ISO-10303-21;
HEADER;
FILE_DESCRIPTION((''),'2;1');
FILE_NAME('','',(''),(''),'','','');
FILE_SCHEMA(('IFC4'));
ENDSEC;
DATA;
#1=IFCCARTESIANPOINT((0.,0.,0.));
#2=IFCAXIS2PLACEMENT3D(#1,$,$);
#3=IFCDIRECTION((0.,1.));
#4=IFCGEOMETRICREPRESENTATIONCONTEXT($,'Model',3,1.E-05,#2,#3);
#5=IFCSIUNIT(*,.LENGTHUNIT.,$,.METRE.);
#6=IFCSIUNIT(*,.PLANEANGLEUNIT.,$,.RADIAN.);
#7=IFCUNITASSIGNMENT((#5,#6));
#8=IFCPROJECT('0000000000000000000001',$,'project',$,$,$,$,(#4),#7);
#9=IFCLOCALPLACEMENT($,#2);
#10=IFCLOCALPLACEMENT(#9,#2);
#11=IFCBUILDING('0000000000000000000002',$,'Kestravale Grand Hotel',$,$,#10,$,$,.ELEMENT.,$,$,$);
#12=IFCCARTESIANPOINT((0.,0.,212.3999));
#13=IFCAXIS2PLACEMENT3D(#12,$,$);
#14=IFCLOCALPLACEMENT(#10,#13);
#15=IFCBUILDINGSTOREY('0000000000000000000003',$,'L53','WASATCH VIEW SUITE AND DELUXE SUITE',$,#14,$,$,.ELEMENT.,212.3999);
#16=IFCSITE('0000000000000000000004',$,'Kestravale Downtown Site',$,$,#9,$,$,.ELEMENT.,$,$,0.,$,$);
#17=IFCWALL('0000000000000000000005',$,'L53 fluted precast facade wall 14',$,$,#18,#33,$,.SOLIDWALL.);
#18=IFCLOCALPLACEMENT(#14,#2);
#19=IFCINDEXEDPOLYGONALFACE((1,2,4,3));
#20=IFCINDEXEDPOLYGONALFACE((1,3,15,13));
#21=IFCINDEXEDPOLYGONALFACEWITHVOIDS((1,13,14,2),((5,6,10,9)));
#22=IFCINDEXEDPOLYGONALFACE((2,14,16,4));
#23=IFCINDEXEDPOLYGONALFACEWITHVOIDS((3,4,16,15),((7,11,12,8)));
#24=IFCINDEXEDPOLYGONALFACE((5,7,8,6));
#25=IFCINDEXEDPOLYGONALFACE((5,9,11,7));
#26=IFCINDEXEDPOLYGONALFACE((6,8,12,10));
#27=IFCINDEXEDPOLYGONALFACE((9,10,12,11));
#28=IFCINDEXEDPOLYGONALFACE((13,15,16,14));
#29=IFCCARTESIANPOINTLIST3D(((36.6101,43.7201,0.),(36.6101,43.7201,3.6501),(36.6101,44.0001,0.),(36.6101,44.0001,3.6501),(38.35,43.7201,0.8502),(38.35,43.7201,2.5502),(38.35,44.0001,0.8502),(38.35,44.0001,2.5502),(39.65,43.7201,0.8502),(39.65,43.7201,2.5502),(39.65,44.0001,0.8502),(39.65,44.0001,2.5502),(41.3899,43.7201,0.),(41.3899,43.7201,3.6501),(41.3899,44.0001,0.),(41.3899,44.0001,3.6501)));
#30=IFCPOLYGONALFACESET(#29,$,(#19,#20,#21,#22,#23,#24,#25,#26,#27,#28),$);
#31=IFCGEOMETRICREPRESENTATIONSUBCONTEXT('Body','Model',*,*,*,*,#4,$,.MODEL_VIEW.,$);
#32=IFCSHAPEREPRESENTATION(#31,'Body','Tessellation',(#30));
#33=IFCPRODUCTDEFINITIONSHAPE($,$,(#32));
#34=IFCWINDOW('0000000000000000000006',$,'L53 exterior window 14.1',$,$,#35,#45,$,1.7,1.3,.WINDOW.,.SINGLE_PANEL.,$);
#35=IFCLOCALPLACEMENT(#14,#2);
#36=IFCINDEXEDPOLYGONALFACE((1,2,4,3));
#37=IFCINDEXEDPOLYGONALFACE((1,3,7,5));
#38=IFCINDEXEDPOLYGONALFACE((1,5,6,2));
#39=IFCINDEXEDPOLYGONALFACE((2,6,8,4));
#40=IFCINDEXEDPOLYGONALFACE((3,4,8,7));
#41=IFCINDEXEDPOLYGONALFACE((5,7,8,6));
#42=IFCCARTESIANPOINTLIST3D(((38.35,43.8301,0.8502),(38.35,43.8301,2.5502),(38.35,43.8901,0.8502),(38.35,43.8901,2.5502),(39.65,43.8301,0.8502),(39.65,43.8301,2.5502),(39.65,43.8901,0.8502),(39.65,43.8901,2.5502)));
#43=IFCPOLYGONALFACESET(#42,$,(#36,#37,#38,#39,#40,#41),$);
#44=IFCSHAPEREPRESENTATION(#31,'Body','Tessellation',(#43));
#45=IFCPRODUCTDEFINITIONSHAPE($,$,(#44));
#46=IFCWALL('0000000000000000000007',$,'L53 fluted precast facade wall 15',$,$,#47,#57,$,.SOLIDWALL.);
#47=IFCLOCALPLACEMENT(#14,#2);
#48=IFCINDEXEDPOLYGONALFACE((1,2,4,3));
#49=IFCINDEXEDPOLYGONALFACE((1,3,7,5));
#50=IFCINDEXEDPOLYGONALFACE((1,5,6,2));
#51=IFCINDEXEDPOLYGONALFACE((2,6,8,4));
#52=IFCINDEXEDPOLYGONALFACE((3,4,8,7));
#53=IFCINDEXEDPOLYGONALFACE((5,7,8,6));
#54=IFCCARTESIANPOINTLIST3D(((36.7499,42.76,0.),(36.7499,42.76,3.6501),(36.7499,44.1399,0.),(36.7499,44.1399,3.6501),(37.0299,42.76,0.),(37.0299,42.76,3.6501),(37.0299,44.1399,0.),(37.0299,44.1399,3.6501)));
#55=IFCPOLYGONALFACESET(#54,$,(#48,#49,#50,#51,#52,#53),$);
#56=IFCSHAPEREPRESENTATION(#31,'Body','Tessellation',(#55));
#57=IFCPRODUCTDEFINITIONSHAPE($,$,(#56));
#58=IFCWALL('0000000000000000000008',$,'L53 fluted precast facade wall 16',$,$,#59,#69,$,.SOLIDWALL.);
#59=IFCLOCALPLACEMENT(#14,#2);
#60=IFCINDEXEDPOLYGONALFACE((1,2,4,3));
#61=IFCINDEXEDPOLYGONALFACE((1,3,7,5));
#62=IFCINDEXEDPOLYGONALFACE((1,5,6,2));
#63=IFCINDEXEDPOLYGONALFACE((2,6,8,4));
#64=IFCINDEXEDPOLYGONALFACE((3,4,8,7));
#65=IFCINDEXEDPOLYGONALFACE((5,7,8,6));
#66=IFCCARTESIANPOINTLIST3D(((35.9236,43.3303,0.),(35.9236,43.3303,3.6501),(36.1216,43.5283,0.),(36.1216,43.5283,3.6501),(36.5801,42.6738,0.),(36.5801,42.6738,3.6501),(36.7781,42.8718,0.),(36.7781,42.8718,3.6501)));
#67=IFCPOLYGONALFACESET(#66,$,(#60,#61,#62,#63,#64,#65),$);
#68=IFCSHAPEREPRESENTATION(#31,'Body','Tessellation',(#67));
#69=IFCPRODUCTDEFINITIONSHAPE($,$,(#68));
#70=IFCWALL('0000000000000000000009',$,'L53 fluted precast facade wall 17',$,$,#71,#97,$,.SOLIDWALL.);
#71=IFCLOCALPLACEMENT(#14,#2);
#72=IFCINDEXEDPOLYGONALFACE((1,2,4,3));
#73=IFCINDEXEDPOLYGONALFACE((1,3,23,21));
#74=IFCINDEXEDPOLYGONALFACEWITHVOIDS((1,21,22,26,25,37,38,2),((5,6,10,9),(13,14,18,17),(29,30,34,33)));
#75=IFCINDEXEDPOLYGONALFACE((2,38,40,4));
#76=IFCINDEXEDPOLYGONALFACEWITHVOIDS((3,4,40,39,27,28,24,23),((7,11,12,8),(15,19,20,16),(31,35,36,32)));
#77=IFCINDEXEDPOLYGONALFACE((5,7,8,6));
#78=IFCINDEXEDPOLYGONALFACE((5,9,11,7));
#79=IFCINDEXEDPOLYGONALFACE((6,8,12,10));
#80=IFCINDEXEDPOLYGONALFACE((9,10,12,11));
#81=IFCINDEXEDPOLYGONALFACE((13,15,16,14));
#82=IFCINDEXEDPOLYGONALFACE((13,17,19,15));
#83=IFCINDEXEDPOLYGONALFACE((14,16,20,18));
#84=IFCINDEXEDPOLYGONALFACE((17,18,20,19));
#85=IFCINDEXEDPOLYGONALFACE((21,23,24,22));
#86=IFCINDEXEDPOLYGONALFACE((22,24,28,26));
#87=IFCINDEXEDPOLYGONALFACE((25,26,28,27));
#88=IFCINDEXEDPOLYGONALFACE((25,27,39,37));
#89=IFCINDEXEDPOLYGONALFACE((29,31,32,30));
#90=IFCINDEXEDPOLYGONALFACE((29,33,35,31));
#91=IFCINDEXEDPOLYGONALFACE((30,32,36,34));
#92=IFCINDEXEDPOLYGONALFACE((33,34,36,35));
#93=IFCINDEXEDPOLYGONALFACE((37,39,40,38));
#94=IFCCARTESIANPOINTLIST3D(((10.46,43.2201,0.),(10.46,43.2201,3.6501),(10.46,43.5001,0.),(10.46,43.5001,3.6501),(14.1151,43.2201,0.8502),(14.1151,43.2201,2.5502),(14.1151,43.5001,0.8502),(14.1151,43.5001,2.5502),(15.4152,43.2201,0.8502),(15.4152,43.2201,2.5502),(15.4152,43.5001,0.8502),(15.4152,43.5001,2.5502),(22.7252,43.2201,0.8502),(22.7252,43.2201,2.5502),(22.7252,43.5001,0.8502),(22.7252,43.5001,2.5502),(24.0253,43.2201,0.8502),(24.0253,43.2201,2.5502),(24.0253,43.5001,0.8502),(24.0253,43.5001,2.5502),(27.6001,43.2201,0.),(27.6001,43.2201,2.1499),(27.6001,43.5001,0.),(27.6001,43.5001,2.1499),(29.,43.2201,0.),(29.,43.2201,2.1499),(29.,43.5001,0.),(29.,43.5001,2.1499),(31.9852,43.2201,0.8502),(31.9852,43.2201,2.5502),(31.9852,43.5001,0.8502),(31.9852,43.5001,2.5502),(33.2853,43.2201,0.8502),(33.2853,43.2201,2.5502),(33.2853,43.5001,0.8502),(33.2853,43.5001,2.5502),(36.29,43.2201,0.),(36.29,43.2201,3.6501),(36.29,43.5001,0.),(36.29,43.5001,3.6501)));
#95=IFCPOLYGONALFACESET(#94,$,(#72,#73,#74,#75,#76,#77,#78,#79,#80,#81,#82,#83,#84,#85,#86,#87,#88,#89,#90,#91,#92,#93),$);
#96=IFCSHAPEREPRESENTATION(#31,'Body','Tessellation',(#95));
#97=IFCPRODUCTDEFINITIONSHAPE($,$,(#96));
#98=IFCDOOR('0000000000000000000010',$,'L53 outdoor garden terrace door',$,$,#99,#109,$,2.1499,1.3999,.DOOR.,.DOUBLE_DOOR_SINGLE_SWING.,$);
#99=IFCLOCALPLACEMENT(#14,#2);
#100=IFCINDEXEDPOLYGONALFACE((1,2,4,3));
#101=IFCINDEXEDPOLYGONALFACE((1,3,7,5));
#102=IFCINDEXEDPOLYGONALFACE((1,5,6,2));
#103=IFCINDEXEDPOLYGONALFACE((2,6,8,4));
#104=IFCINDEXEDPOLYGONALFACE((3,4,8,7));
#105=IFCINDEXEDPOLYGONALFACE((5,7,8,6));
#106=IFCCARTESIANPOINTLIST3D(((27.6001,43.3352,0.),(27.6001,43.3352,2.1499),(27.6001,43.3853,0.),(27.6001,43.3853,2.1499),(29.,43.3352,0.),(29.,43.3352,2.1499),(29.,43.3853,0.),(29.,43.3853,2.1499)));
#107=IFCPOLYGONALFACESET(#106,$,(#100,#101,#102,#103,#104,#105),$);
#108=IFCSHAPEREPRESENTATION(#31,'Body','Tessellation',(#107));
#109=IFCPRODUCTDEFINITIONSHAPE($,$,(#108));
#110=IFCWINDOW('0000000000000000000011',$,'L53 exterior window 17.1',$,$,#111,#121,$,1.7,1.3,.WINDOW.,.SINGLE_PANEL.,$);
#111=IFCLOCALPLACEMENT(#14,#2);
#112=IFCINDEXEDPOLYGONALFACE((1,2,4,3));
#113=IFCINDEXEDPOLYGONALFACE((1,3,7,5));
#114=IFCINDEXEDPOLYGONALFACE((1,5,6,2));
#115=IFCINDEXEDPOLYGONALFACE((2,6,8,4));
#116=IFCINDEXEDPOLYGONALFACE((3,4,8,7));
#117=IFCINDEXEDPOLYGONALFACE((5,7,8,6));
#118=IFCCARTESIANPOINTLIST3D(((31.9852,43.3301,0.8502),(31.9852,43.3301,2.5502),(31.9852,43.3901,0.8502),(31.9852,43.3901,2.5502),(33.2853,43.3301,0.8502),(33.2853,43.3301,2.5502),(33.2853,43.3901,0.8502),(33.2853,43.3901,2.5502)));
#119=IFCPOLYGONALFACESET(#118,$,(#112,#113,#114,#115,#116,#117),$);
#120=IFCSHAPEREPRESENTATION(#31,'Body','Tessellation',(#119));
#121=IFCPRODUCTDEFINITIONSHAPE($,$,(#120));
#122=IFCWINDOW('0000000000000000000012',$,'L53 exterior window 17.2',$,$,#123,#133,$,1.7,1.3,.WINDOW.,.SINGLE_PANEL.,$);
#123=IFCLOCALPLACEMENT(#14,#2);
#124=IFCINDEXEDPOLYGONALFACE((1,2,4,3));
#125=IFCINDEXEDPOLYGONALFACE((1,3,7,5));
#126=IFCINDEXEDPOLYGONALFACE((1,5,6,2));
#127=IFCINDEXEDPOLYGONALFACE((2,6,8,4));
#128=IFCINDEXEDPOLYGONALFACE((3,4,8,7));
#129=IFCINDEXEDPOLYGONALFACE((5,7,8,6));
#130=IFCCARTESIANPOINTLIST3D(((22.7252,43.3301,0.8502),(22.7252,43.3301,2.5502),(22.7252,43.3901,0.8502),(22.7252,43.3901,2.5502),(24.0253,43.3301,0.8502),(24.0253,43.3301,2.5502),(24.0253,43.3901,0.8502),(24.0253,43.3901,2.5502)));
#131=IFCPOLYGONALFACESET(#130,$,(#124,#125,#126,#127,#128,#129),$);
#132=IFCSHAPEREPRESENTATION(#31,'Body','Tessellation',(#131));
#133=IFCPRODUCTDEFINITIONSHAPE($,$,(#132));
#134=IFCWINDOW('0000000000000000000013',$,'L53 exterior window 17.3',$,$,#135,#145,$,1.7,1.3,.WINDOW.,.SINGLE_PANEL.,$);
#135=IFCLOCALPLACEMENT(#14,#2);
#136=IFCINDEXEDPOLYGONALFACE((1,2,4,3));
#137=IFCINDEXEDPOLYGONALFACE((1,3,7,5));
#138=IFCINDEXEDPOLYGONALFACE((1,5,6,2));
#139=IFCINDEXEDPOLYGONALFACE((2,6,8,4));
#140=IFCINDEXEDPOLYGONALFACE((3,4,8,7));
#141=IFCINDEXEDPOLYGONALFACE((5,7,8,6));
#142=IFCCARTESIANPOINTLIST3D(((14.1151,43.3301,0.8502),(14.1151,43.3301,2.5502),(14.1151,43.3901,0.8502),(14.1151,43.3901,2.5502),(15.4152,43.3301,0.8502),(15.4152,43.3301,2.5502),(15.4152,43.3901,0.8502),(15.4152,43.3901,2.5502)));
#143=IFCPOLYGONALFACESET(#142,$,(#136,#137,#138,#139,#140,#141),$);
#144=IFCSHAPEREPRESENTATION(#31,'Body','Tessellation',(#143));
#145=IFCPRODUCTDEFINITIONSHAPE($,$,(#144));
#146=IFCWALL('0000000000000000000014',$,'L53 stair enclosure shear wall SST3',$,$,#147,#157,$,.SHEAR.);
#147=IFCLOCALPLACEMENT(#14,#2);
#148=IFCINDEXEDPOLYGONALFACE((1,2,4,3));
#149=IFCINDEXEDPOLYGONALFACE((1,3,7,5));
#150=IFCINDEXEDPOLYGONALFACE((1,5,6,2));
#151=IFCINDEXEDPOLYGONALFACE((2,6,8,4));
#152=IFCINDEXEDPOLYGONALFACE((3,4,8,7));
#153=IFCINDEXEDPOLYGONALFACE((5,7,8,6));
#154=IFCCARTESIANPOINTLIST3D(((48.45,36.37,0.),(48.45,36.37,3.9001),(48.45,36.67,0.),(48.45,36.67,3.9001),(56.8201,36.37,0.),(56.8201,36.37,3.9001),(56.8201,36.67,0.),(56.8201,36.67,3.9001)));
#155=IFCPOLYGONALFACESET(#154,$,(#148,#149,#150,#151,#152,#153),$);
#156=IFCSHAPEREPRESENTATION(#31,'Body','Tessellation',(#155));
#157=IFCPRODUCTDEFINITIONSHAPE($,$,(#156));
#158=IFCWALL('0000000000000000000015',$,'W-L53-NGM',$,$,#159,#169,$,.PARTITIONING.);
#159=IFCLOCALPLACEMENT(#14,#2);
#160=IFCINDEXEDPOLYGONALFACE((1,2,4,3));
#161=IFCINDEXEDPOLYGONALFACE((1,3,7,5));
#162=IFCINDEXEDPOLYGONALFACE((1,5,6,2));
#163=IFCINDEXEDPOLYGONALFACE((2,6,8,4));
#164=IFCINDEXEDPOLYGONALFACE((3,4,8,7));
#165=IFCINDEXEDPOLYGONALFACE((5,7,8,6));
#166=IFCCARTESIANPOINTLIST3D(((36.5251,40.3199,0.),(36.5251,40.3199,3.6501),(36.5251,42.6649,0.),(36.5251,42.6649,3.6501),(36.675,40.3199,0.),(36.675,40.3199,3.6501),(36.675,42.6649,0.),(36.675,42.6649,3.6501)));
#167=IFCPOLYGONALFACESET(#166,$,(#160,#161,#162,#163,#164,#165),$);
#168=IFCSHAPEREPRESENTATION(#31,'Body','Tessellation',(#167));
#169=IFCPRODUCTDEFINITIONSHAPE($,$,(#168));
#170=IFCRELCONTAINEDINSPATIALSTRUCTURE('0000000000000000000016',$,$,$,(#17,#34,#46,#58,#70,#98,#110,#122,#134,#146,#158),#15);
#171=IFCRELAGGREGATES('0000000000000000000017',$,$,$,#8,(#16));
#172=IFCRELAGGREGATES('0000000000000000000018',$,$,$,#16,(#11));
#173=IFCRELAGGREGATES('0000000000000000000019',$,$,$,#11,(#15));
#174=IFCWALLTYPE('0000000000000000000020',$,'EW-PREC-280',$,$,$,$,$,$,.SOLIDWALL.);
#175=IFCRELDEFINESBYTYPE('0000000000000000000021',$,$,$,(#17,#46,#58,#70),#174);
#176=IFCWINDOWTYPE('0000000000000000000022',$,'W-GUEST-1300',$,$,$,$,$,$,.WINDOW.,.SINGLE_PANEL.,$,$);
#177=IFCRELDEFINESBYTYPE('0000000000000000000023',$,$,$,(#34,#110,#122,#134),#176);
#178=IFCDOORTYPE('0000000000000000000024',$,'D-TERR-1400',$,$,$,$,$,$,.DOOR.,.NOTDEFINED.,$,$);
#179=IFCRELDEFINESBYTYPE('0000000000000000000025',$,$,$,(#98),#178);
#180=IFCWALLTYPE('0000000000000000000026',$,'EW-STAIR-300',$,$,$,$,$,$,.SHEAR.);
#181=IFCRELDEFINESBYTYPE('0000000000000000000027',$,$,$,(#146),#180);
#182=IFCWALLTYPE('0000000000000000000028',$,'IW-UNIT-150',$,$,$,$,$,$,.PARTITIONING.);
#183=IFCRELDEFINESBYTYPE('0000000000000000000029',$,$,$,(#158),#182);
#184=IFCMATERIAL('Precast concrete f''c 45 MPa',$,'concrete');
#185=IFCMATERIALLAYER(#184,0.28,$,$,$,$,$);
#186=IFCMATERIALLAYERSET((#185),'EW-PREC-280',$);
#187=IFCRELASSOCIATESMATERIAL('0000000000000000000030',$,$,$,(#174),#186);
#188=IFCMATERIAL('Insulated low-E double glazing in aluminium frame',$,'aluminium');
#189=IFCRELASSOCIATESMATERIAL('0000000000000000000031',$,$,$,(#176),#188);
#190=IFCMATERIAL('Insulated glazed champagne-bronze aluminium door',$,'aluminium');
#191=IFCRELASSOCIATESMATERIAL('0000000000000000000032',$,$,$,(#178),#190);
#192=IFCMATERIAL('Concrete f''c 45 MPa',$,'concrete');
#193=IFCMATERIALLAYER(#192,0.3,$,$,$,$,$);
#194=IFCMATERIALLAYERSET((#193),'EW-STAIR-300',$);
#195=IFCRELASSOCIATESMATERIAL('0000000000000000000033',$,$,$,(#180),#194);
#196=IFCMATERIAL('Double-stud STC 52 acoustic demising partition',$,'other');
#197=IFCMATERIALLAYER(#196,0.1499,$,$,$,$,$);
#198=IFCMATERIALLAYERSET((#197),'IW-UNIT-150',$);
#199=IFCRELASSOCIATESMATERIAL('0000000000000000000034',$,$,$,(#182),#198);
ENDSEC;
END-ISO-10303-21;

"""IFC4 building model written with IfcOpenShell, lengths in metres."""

from ifc_helpers import new_model, si_unit, direction, frame, frame_2d, origin, place, context, subcontext, project, spatial, rectangle, extrude, material, layer, layer_set, type_object, element, fill, save


model = new_model("IFC4")

# Units and contexts
model_context = context("Model", 3, precision=1e-05, world=origin(), true_north=direction((0.0, 1.0)))
body_context = subcontext(model_context, "Body", "Model", "MODEL_VIEW")
ifc_project = project(units=[si_unit("LENGTHUNIT", "METRE"), si_unit("PLANEANGLEUNIT", "RADIAN")], contexts=[model_context])

# Site, building, storey
site_placement = place(None, origin())
site = spatial("IfcSite", under=ifc_project, at=site_placement, Name="Kestravale Downtown Site", CompositionType="ELEMENT", RefElevation=0.0)
building_placement = place(site_placement, origin())
building = spatial("IfcBuilding", under=site, at=building_placement, Name="Kestravale Grand Hotel", CompositionType="ELEMENT")
storey_placement = place(building_placement, frame((0.0, 0.0, 212.3999)))
storey = spatial("IfcBuildingStorey", under=building, at=storey_placement, Name="L53", Description="WASATCH VIEW SUITE AND DELUXE SUITE", CompositionType="ELEMENT", Elevation=212.3999)

# Shared definitions
ifc_material_1 = material(Name="Precast concrete f'c 45 MPa", Category="concrete")
ifc_layer_1 = layer(ifc_material_1, 0.28)
ifc_layer_set_1 = layer_set([ifc_layer_1], Name="EW-PREC-280")
wall_type_1 = type_object("IfcWallType", Name="EW-PREC-280", PredefinedType="SOLIDWALL", material=ifc_layer_set_1)

# Wall, opening, window
ifc_material_2 = material(Name="Insulated low-E double glazing in aluminium frame", Category="aluminium")
window_type = type_object("IfcWindowType", Name="W-GUEST-1300", PartitioningType="SINGLE_PANEL", PredefinedType="WINDOW", material=ifc_material_2)
wall_1_placement = place(storey_placement, frame((41.3899, 43.8601, 0.0), z_axis=(0.0, 0.0, 1.0), x_axis=(-1.0, 0.0, 0.0)))
wall_1 = element("IfcWall", 1, at=wall_1_placement, inside=storey, type_object=wall_type_1, Name="L53 fluted precast facade wall 14", PredefinedType="SOLIDWALL", context=body_context, shape_type="SweptSolid", body=[
    extrude(rectangle(XDim=4.7798, YDim=0.28, at=frame_2d((2.3899, 0.0))), origin(), (0.0, 0.0, 1.0), 3.6501),
])
opening_1_placement = place(wall_1_placement, frame((1.74, 0.0, 0.8501)))
opening_1 = element("IfcOpeningElement", 2, at=opening_1_placement, cuts=wall_1, PredefinedType="OPENING", context=body_context, shape_type="SweptSolid", body=[
    extrude(rectangle(XDim=1.3, YDim=1.7, at=frame_2d((0.6499, 0.8501))), frame((0.0, 0.1499, 0.0), z_axis=(0.0, -1.0, 0.0), x_axis=(1.0, 0.0, 0.0)), (0.0, 0.0, 1.0), 0.3),
])
window_1_placement = place(opening_1_placement, origin())
window_1 = element("IfcWindow", 3, at=window_1_placement, inside=storey, type_object=window_type, Name="L53 exterior window 14.1", OverallHeight=1.7, OverallWidth=1.3, PartitioningType="SINGLE_PANEL", PredefinedType="WINDOW", context=body_context, shape_type="SweptSolid", body=[
    extrude(rectangle(XDim=1.3, YDim=1.7, at=frame_2d((0.6499, 0.8501))), frame((0.0, 0.03, 0.0), z_axis=(0.0, -1.0, 0.0), x_axis=(1.0, 0.0, 0.0)), (0.0, 0.0, 1.0), 0.0601),
])
fill(opening_1, window_1)

# Walls
wall_2_placement = place(storey_placement, frame((36.8899, 44.1399, 0.0), z_axis=(0.0, 0.0, 1.0), x_axis=(0.0, -1.0, 0.0)))
element("IfcWall", 4, at=wall_2_placement, inside=storey, type_object=wall_type_1, Name="L53 fluted precast facade wall 15", PredefinedType="SOLIDWALL", context=body_context, shape_type="SweptSolid", body=[
    extrude(rectangle(XDim=1.3799, YDim=0.28, at=frame_2d((0.6899, 0.0))), origin(), (0.0, 0.0, 1.0), 3.6501),
])
wall_3_placement = place(storey_placement, frame((36.6792, 42.7727, 0.0), z_axis=(0.0, 0.0, 1.0), x_axis=(-0.707107, 0.707107, 0.0)))
element("IfcWall", 5, at=wall_3_placement, inside=storey, type_object=wall_type_1, Name="L53 fluted precast facade wall 16", PredefinedType="SOLIDWALL", context=body_context, shape_type="SweptSolid", body=[
    extrude(rectangle(XDim=0.9285, YDim=0.28, at=frame_2d((0.4644, 0.0))), origin(), (0.0, 0.0, 1.0), 3.6501),
])

# Wall, openings, door, windows
wall_4_placement = place(storey_placement, frame((36.29, 43.3601, 0.0), z_axis=(0.0, 0.0, 1.0), x_axis=(-1.0, 0.0, 0.0)))
wall_4 = element("IfcWall", 6, at=wall_4_placement, inside=storey, type_object=wall_type_1, Name="L53 fluted precast facade wall 17", PredefinedType="SOLIDWALL", context=body_context, shape_type="SweptSolid", body=[
    extrude(rectangle(XDim=25.8301, YDim=0.28, at=frame_2d((12.915, 0.0))), origin(), (0.0, 0.0, 1.0), 3.6501),
])
opening_2_placement = place(wall_4_placement, frame((7.29, 0.0, 0.0)))
opening_2 = element("IfcOpeningElement", 7, at=opening_2_placement, cuts=wall_4, PredefinedType="OPENING", context=body_context, shape_type="SweptSolid", body=[
    extrude(rectangle(XDim=1.3999, YDim=2.1499, at=frame_2d((0.7, 1.075))), frame((0.0, 0.1499, 0.0), z_axis=(0.0, -1.0, 0.0), x_axis=(1.0, 0.0, 0.0)), (0.0, 0.0, 1.0), 0.3),
])
opening_3_placement = place(wall_4_placement, frame((3.0049, 0.0, 0.8501)))
opening_3 = element("IfcOpeningElement", 8, at=opening_3_placement, cuts=wall_4, PredefinedType="OPENING", context=body_context, shape_type="SweptSolid", body=[
    extrude(rectangle(XDim=1.3, YDim=1.7, at=frame_2d((0.6499, 0.8501))), frame((0.0, 0.1499, 0.0), z_axis=(0.0, -1.0, 0.0), x_axis=(1.0, 0.0, 0.0)), (0.0, 0.0, 1.0), 0.3),
])
opening_4_placement = place(wall_4_placement, frame((12.2649, 0.0, 0.8501)))
opening_4 = element("IfcOpeningElement", 9, at=opening_4_placement, cuts=wall_4, PredefinedType="OPENING", context=body_context, shape_type="SweptSolid", body=[
    extrude(rectangle(XDim=1.3, YDim=1.7, at=frame_2d((0.6499, 0.8501))), frame((0.0, 0.1499, 0.0), z_axis=(0.0, -1.0, 0.0), x_axis=(1.0, 0.0, 0.0)), (0.0, 0.0, 1.0), 0.3),
])
opening_5_placement = place(wall_4_placement, frame((20.875, 0.0, 0.8501)))
opening_5 = element("IfcOpeningElement", 10, at=opening_5_placement, cuts=wall_4, PredefinedType="OPENING", context=body_context, shape_type="SweptSolid", body=[
    extrude(rectangle(XDim=1.3, YDim=1.7, at=frame_2d((0.6499, 0.8501))), frame((0.0, 0.1499, 0.0), z_axis=(0.0, -1.0, 0.0), x_axis=(1.0, 0.0, 0.0)), (0.0, 0.0, 1.0), 0.3),
])
ifc_material_3 = material(Name="Insulated glazed champagne-bronze aluminium door", Category="aluminium")
door_type = type_object("IfcDoorType", Name="D-TERR-1400", OperationType="NOTDEFINED", PredefinedType="DOOR", material=ifc_material_3)
door_placement = place(opening_2_placement, origin())
door = element("IfcDoor", 11, at=door_placement, inside=storey, type_object=door_type, Name="L53 outdoor garden terrace door", OperationType="DOUBLE_DOOR_SINGLE_SWING", OverallHeight=2.1499, OverallWidth=1.3999, PredefinedType="DOOR", context=body_context, shape_type="SweptSolid", body=[
    extrude(rectangle(XDim=1.3999, YDim=2.1499, at=frame_2d((0.7, 1.075))), frame((0.0, 0.0249, 0.0), z_axis=(0.0, -1.0, 0.0), x_axis=(1.0, 0.0, 0.0)), (0.0, 0.0, 1.0), 0.05),
])
fill(opening_2, door)
window_2_placement = place(opening_3_placement, origin())
window_2 = element("IfcWindow", 12, at=window_2_placement, inside=storey, type_object=window_type, Name="L53 exterior window 17.1", OverallHeight=1.7, OverallWidth=1.3, PartitioningType="SINGLE_PANEL", PredefinedType="WINDOW", context=body_context, shape_type="SweptSolid", body=[
    extrude(rectangle(XDim=1.3, YDim=1.7, at=frame_2d((0.6499, 0.8501))), frame((0.0, 0.03, 0.0), z_axis=(0.0, -1.0, 0.0), x_axis=(1.0, 0.0, 0.0)), (0.0, 0.0, 1.0), 0.0601),
])
fill(opening_3, window_2)
window_3_placement = place(opening_4_placement, origin())
window_3 = element("IfcWindow", 13, at=window_3_placement, inside=storey, type_object=window_type, Name="L53 exterior window 17.2", OverallHeight=1.7, OverallWidth=1.3, PartitioningType="SINGLE_PANEL", PredefinedType="WINDOW", context=body_context, shape_type="SweptSolid", body=[
    extrude(rectangle(XDim=1.3, YDim=1.7, at=frame_2d((0.6499, 0.8501))), frame((0.0, 0.03, 0.0), z_axis=(0.0, -1.0, 0.0), x_axis=(1.0, 0.0, 0.0)), (0.0, 0.0, 1.0), 0.0601),
])
fill(opening_4, window_3)
window_4_placement = place(opening_5_placement, origin())
window_4 = element("IfcWindow", 14, at=window_4_placement, inside=storey, type_object=window_type, Name="L53 exterior window 17.3", OverallHeight=1.7, OverallWidth=1.3, PartitioningType="SINGLE_PANEL", PredefinedType="WINDOW", context=body_context, shape_type="SweptSolid", body=[
    extrude(rectangle(XDim=1.3, YDim=1.7, at=frame_2d((0.6499, 0.8501))), frame((0.0, 0.03, 0.0), z_axis=(0.0, -1.0, 0.0), x_axis=(1.0, 0.0, 0.0)), (0.0, 0.0, 1.0), 0.0601),
])
fill(opening_5, window_4)

# Walls
ifc_material_4 = material(Name="Concrete f'c 45 MPa", Category="concrete")
ifc_layer_2 = layer(ifc_material_4, 0.3)
ifc_layer_set_2 = layer_set([ifc_layer_2], Name="EW-STAIR-300")
wall_type_2 = type_object("IfcWallType", Name="EW-STAIR-300", PredefinedType="SHEAR", material=ifc_layer_set_2)
wall_5_placement = place(storey_placement, frame((48.45, 36.52, 0.0), z_axis=(0.0, 0.0, 1.0), x_axis=(1.0, 0.0, 0.0)))
element("IfcWall", 15, at=wall_5_placement, inside=storey, type_object=wall_type_2, Name="L53 stair enclosure shear wall SST3", PredefinedType="SHEAR", context=body_context, shape_type="SweptSolid", body=[
    extrude(rectangle(XDim=8.3701, YDim=0.3, at=frame_2d((4.1851, 0.0))), origin(), (0.0, 0.0, 1.0), 3.9001),
])
ifc_material_5 = material(Name="Double-stud STC 52 acoustic demising partition", Category="other")
ifc_layer_3 = layer(ifc_material_5, 0.1499)
ifc_layer_set_3 = layer_set([ifc_layer_3], Name="IW-UNIT-150")
wall_type_3 = type_object("IfcWallType", Name="IW-UNIT-150", PredefinedType="PARTITIONING", material=ifc_layer_set_3)
wall_6_placement = place(storey_placement, frame((36.6001, 40.3201, 0.0), z_axis=(0.0, 0.0, 1.0), x_axis=(0.0, 1.0, 0.0)))
element("IfcWall", 16, at=wall_6_placement, inside=storey, type_object=wall_type_3, Name="W-L53-NGM", PredefinedType="PARTITIONING", context=body_context, shape_type="SweptSolid", body=[
    extrude(rectangle(XDim=2.345, YDim=0.1499, at=frame_2d((1.1724, 0.0))), origin(), (0.0, 0.0, 1.0), 3.6501),
])

save(model, "model.ifc")
